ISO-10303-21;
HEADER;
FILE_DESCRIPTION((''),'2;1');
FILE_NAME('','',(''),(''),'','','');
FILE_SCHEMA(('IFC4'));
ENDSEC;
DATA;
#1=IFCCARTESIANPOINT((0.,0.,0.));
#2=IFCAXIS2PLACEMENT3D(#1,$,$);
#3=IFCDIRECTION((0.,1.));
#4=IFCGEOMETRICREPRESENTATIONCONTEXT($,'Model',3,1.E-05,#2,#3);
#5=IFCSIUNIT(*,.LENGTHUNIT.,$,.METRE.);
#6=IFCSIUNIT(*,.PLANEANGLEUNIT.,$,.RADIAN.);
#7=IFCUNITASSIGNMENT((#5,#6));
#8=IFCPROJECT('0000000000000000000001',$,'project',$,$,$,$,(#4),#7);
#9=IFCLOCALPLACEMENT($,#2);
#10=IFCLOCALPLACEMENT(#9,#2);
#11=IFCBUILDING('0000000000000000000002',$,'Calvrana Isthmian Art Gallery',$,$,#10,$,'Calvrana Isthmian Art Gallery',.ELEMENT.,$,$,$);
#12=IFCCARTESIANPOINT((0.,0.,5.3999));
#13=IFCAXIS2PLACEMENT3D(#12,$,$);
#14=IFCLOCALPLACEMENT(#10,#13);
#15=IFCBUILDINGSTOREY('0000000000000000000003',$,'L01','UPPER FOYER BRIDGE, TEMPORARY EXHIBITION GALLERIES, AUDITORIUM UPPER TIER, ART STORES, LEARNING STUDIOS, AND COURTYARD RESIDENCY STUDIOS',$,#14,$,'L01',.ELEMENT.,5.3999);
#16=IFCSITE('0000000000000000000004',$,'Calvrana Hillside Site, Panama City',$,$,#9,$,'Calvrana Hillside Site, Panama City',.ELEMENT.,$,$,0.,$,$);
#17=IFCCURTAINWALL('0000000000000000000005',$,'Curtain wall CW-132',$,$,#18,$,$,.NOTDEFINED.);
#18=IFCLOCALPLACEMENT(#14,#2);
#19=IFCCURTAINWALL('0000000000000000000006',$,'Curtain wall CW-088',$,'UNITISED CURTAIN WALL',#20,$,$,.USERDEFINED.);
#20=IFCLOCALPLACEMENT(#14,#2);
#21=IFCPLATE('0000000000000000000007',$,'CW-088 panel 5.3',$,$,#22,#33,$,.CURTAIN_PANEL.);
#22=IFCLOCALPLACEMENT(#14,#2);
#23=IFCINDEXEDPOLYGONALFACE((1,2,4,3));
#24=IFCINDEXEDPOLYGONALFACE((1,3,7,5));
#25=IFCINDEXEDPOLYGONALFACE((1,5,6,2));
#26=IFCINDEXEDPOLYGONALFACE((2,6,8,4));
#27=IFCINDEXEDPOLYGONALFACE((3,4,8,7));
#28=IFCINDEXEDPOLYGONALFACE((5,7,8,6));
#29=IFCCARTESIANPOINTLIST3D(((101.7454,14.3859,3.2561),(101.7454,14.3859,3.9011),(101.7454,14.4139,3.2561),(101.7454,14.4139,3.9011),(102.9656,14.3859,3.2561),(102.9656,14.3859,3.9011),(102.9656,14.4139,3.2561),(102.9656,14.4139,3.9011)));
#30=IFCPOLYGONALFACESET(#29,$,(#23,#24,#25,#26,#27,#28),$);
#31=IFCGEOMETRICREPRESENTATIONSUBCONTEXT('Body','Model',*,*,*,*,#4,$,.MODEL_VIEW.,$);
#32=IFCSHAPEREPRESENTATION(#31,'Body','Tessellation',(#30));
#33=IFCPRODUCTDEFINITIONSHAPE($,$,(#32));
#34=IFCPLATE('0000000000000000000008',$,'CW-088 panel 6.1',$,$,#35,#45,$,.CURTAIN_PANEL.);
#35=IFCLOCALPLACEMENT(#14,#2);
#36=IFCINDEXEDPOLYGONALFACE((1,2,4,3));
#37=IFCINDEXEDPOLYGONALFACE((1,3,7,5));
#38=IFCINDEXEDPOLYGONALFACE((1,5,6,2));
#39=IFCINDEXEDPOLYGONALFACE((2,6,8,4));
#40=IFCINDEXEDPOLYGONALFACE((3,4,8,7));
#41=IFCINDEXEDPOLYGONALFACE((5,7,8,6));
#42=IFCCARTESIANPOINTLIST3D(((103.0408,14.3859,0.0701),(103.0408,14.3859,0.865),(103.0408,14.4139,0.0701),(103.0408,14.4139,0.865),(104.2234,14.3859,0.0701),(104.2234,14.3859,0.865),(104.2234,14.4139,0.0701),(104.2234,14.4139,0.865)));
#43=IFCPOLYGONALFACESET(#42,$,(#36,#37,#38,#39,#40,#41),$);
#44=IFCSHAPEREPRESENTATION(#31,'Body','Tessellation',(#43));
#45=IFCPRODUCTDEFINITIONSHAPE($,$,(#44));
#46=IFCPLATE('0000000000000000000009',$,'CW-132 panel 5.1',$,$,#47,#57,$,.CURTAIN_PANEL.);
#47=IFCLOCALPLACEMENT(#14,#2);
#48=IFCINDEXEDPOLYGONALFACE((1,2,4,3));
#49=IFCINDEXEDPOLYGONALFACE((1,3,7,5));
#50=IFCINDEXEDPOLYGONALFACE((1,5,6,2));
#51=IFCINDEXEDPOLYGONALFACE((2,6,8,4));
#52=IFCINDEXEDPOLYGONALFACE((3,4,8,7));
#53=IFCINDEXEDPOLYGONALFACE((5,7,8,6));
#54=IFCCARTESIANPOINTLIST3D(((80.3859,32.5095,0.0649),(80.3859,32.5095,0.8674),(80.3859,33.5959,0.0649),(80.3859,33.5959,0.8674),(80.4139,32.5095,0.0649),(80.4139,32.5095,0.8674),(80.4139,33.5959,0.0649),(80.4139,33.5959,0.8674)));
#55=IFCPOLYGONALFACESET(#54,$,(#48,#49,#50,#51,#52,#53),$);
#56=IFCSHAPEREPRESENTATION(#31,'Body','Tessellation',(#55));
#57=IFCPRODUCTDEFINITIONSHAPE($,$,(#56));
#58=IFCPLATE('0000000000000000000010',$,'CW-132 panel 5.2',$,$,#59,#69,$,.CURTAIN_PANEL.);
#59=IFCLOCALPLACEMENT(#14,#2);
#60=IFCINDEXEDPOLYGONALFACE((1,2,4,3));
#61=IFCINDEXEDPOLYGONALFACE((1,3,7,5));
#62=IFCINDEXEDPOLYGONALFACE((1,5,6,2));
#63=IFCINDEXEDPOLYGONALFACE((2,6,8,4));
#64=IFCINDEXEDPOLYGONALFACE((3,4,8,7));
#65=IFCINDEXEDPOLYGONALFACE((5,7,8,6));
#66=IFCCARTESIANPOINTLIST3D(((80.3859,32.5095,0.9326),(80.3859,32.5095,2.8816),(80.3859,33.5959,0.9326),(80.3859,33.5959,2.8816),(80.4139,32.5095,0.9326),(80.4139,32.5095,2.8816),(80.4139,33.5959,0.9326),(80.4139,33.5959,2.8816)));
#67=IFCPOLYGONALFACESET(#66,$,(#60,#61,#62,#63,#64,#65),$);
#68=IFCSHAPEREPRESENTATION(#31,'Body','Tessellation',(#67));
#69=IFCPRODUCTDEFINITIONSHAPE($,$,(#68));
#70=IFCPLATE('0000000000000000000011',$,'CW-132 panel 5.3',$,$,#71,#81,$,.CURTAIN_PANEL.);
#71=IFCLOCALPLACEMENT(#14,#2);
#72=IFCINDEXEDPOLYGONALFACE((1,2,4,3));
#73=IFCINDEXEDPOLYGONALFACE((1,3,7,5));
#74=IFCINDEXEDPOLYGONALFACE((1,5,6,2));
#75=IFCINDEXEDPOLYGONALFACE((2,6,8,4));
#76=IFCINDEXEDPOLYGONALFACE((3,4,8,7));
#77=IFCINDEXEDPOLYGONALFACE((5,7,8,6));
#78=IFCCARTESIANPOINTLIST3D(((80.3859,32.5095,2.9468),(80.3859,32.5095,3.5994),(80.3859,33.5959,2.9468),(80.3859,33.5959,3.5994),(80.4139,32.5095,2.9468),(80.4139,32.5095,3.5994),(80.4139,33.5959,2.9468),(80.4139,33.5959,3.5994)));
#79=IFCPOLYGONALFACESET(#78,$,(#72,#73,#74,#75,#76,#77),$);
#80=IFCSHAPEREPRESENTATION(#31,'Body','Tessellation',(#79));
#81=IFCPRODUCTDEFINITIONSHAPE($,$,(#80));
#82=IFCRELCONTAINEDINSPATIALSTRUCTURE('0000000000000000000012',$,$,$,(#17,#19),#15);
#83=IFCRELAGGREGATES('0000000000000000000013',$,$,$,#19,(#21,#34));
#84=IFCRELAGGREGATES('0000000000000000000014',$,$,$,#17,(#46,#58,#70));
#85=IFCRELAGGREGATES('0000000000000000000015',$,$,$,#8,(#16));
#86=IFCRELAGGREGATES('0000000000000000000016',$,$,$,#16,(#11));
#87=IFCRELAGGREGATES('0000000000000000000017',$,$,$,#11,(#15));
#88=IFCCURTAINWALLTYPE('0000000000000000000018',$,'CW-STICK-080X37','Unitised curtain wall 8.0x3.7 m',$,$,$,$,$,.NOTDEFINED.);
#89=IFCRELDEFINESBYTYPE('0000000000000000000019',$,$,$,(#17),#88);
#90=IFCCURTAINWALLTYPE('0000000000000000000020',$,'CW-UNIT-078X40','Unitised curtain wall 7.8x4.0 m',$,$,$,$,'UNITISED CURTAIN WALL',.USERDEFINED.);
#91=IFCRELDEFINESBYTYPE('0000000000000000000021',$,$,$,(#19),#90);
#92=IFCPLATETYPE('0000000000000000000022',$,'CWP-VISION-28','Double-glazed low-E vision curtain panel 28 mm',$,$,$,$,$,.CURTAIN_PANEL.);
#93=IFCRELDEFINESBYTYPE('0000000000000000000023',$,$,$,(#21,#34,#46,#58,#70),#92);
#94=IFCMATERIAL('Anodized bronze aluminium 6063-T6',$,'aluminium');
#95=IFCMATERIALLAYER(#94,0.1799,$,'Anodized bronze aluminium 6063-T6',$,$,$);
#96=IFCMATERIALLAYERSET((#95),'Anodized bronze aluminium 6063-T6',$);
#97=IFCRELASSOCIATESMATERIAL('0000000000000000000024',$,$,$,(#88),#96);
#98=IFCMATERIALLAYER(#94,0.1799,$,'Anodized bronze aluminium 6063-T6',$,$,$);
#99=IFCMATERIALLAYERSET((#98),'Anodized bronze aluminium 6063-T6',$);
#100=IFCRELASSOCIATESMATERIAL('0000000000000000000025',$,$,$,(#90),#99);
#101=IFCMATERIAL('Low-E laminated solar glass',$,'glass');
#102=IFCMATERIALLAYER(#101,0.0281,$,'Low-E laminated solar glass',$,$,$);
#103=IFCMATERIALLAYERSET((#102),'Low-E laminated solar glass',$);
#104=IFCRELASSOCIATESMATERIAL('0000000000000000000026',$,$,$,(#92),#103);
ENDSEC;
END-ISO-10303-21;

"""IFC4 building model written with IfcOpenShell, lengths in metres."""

from ifc_helpers import new_model, si_unit, direction, frame, origin, origin_2d, place, context, subcontext, project, spatial, rectangle, extrude, material, layer, layer_set, type_object, element, aggregate, save


model = new_model("IFC4")

# Units and contexts
model_context = context("Model", 3, precision=1e-05, world=origin(), true_north=direction((0.0, 1.0)))
body_context = subcontext(model_context, "Body", "Model", "MODEL_VIEW")
ifc_project = project(units=[si_unit("LENGTHUNIT", "METRE"), si_unit("PLANEANGLEUNIT", "RADIAN")], contexts=[model_context])

# Site, building, storey
site_placement = place(None, origin())
site = spatial("IfcSite", under=ifc_project, at=site_placement, Name="Calvrana Hillside Site, Panama City", LongName="Calvrana Hillside Site, Panama City", CompositionType="ELEMENT", RefElevation=0.0)
building_placement = place(site_placement, origin())
building = spatial("IfcBuilding", under=site, at=building_placement, Name="Calvrana Isthmian Art Gallery", LongName="Calvrana Isthmian Art Gallery", CompositionType="ELEMENT")
storey_placement = place(building_placement, frame((0.0, 0.0, 5.3999)))
storey = spatial("IfcBuildingStorey", under=building, at=storey_placement, Name="L01", Description="UPPER FOYER BRIDGE, TEMPORARY EXHIBITION GALLERIES, AUDITORIUM UPPER TIER, ART STORES, LEARNING STUDIOS, AND COURTYARD RESIDENCY STUDIOS", LongName="L01", CompositionType="ELEMENT", Elevation=5.3999)

# Curtain walls
ifc_material_1 = material(Name="Anodized bronze aluminium 6063-T6", Category="aluminium")
ifc_layer_1 = layer(ifc_material_1, 0.1799, Name="Anodized bronze aluminium 6063-T6")
ifc_layer_set_1 = layer_set([ifc_layer_1], Name="Anodized bronze aluminium 6063-T6")
curtain_wall_type_1 = type_object("IfcCurtainWallType", Name="CW-STICK-080X37", Description="Unitised curtain wall 8.0x3.7 m", PredefinedType="NOTDEFINED", material=ifc_layer_set_1)
curtain_wall_1_placement = place(storey_placement, origin())
curtain_wall_1 = element("IfcCurtainWall", 1, at=curtain_wall_1_placement, inside=storey, type_object=curtain_wall_type_1, Name="Curtain wall CW-132", PredefinedType="NOTDEFINED")
ifc_layer_2 = layer(ifc_material_1, 0.1799, Name="Anodized bronze aluminium 6063-T6")
ifc_layer_set_2 = layer_set([ifc_layer_2], Name="Anodized bronze aluminium 6063-T6")
curtain_wall_type_2 = type_object("IfcCurtainWallType", Name="CW-UNIT-078X40", Description="Unitised curtain wall 7.8x4.0 m", ElementType="UNITISED CURTAIN WALL", PredefinedType="USERDEFINED", material=ifc_layer_set_2)
curtain_wall_2_placement = place(storey_placement, origin())
curtain_wall_2 = element("IfcCurtainWall", 2, at=curtain_wall_2_placement, inside=storey, type_object=curtain_wall_type_2, Name="Curtain wall CW-088", ObjectType="UNITISED CURTAIN WALL", PredefinedType="USERDEFINED")

# Plates
ifc_material_2 = material(Name="Low-E laminated solar glass", Category="glass")
ifc_layer_3 = layer(ifc_material_2, 0.0281, Name="Low-E laminated solar glass")
ifc_layer_set_3 = layer_set([ifc_layer_3], Name="Low-E laminated solar glass")
plate_type = type_object("IfcPlateType", Name="CWP-VISION-28", Description="Double-glazed low-E vision curtain panel 28 mm", PredefinedType="CURTAIN_PANEL", material=ifc_layer_set_3)
plate_1_placement = place(storey_placement, frame((102.3555, 14.3999, 3.2561), z_axis=(0.0, 0.0, 1.0), x_axis=(1.0, 0.0, 0.0)))
plate_1 = element("IfcPlate", 3, at=plate_1_placement, type_object=plate_type, Name="CW-088 panel 5.3", PredefinedType="CURTAIN_PANEL", context=body_context, shape_type="SweptSolid", body=[
    extrude(rectangle(XDim=1.2202, YDim=0.0281, at=origin_2d()), origin(), (0.0, 0.0, 1.0), 0.645),
])
plate_2_placement = place(storey_placement, frame((103.6321, 14.3999, 0.0701), z_axis=(0.0, 0.0, 1.0), x_axis=(1.0, 0.0, 0.0)))
plate_2 = element("IfcPlate", 4, at=plate_2_placement, type_object=plate_type, Name="CW-088 panel 6.1", PredefinedType="CURTAIN_PANEL", context=body_context, shape_type="SweptSolid", body=[
    extrude(rectangle(XDim=1.1826, YDim=0.0281, at=origin_2d()), origin(), (0.0, 0.0, 1.0), 0.7949),
])
aggregate(curtain_wall_2, [plate_1, plate_2])
plate_3_placement = place(storey_placement, frame((80.3999, 33.0527, 0.0649), z_axis=(0.0, 0.0, 1.0), x_axis=(0.0, -1.0, 0.0)))
plate_3 = element("IfcPlate", 5, at=plate_3_placement, type_object=plate_type, Name="CW-132 panel 5.1", PredefinedType="CURTAIN_PANEL", context=body_context, shape_type="SweptSolid", body=[
    extrude(rectangle(XDim=1.0864, YDim=0.0281, at=origin_2d()), origin(), (0.0, 0.0, 1.0), 0.8025),
])
plate_4_placement = place(storey_placement, frame((80.3999, 33.0527, 0.9326), z_axis=(0.0, 0.0, 1.0), x_axis=(0.0, -1.0, 0.0)))
plate_4 = element("IfcPlate", 6, at=plate_4_placement, type_object=plate_type, Name="CW-132 panel 5.2", PredefinedType="CURTAIN_PANEL", context=body_context, shape_type="SweptSolid", body=[
    extrude(rectangle(XDim=1.0864, YDim=0.0281, at=origin_2d()), origin(), (0.0, 0.0, 1.0), 1.949),
])
plate_5_placement = place(storey_placement, frame((80.3999, 33.0527, 2.9468), z_axis=(0.0, 0.0, 1.0), x_axis=(0.0, -1.0, 0.0)))
plate_5 = element("IfcPlate", 7, at=plate_5_placement, type_object=plate_type, Name="CW-132 panel 5.3", PredefinedType="CURTAIN_PANEL", context=body_context, shape_type="SweptSolid", body=[
    extrude(rectangle(XDim=1.0864, YDim=0.0281, at=origin_2d()), origin(), (0.0, 0.0, 1.0), 0.6526),
])
aggregate(curtain_wall_1, [plate_3, plate_4, plate_5])

save(model, "model.ifc")
